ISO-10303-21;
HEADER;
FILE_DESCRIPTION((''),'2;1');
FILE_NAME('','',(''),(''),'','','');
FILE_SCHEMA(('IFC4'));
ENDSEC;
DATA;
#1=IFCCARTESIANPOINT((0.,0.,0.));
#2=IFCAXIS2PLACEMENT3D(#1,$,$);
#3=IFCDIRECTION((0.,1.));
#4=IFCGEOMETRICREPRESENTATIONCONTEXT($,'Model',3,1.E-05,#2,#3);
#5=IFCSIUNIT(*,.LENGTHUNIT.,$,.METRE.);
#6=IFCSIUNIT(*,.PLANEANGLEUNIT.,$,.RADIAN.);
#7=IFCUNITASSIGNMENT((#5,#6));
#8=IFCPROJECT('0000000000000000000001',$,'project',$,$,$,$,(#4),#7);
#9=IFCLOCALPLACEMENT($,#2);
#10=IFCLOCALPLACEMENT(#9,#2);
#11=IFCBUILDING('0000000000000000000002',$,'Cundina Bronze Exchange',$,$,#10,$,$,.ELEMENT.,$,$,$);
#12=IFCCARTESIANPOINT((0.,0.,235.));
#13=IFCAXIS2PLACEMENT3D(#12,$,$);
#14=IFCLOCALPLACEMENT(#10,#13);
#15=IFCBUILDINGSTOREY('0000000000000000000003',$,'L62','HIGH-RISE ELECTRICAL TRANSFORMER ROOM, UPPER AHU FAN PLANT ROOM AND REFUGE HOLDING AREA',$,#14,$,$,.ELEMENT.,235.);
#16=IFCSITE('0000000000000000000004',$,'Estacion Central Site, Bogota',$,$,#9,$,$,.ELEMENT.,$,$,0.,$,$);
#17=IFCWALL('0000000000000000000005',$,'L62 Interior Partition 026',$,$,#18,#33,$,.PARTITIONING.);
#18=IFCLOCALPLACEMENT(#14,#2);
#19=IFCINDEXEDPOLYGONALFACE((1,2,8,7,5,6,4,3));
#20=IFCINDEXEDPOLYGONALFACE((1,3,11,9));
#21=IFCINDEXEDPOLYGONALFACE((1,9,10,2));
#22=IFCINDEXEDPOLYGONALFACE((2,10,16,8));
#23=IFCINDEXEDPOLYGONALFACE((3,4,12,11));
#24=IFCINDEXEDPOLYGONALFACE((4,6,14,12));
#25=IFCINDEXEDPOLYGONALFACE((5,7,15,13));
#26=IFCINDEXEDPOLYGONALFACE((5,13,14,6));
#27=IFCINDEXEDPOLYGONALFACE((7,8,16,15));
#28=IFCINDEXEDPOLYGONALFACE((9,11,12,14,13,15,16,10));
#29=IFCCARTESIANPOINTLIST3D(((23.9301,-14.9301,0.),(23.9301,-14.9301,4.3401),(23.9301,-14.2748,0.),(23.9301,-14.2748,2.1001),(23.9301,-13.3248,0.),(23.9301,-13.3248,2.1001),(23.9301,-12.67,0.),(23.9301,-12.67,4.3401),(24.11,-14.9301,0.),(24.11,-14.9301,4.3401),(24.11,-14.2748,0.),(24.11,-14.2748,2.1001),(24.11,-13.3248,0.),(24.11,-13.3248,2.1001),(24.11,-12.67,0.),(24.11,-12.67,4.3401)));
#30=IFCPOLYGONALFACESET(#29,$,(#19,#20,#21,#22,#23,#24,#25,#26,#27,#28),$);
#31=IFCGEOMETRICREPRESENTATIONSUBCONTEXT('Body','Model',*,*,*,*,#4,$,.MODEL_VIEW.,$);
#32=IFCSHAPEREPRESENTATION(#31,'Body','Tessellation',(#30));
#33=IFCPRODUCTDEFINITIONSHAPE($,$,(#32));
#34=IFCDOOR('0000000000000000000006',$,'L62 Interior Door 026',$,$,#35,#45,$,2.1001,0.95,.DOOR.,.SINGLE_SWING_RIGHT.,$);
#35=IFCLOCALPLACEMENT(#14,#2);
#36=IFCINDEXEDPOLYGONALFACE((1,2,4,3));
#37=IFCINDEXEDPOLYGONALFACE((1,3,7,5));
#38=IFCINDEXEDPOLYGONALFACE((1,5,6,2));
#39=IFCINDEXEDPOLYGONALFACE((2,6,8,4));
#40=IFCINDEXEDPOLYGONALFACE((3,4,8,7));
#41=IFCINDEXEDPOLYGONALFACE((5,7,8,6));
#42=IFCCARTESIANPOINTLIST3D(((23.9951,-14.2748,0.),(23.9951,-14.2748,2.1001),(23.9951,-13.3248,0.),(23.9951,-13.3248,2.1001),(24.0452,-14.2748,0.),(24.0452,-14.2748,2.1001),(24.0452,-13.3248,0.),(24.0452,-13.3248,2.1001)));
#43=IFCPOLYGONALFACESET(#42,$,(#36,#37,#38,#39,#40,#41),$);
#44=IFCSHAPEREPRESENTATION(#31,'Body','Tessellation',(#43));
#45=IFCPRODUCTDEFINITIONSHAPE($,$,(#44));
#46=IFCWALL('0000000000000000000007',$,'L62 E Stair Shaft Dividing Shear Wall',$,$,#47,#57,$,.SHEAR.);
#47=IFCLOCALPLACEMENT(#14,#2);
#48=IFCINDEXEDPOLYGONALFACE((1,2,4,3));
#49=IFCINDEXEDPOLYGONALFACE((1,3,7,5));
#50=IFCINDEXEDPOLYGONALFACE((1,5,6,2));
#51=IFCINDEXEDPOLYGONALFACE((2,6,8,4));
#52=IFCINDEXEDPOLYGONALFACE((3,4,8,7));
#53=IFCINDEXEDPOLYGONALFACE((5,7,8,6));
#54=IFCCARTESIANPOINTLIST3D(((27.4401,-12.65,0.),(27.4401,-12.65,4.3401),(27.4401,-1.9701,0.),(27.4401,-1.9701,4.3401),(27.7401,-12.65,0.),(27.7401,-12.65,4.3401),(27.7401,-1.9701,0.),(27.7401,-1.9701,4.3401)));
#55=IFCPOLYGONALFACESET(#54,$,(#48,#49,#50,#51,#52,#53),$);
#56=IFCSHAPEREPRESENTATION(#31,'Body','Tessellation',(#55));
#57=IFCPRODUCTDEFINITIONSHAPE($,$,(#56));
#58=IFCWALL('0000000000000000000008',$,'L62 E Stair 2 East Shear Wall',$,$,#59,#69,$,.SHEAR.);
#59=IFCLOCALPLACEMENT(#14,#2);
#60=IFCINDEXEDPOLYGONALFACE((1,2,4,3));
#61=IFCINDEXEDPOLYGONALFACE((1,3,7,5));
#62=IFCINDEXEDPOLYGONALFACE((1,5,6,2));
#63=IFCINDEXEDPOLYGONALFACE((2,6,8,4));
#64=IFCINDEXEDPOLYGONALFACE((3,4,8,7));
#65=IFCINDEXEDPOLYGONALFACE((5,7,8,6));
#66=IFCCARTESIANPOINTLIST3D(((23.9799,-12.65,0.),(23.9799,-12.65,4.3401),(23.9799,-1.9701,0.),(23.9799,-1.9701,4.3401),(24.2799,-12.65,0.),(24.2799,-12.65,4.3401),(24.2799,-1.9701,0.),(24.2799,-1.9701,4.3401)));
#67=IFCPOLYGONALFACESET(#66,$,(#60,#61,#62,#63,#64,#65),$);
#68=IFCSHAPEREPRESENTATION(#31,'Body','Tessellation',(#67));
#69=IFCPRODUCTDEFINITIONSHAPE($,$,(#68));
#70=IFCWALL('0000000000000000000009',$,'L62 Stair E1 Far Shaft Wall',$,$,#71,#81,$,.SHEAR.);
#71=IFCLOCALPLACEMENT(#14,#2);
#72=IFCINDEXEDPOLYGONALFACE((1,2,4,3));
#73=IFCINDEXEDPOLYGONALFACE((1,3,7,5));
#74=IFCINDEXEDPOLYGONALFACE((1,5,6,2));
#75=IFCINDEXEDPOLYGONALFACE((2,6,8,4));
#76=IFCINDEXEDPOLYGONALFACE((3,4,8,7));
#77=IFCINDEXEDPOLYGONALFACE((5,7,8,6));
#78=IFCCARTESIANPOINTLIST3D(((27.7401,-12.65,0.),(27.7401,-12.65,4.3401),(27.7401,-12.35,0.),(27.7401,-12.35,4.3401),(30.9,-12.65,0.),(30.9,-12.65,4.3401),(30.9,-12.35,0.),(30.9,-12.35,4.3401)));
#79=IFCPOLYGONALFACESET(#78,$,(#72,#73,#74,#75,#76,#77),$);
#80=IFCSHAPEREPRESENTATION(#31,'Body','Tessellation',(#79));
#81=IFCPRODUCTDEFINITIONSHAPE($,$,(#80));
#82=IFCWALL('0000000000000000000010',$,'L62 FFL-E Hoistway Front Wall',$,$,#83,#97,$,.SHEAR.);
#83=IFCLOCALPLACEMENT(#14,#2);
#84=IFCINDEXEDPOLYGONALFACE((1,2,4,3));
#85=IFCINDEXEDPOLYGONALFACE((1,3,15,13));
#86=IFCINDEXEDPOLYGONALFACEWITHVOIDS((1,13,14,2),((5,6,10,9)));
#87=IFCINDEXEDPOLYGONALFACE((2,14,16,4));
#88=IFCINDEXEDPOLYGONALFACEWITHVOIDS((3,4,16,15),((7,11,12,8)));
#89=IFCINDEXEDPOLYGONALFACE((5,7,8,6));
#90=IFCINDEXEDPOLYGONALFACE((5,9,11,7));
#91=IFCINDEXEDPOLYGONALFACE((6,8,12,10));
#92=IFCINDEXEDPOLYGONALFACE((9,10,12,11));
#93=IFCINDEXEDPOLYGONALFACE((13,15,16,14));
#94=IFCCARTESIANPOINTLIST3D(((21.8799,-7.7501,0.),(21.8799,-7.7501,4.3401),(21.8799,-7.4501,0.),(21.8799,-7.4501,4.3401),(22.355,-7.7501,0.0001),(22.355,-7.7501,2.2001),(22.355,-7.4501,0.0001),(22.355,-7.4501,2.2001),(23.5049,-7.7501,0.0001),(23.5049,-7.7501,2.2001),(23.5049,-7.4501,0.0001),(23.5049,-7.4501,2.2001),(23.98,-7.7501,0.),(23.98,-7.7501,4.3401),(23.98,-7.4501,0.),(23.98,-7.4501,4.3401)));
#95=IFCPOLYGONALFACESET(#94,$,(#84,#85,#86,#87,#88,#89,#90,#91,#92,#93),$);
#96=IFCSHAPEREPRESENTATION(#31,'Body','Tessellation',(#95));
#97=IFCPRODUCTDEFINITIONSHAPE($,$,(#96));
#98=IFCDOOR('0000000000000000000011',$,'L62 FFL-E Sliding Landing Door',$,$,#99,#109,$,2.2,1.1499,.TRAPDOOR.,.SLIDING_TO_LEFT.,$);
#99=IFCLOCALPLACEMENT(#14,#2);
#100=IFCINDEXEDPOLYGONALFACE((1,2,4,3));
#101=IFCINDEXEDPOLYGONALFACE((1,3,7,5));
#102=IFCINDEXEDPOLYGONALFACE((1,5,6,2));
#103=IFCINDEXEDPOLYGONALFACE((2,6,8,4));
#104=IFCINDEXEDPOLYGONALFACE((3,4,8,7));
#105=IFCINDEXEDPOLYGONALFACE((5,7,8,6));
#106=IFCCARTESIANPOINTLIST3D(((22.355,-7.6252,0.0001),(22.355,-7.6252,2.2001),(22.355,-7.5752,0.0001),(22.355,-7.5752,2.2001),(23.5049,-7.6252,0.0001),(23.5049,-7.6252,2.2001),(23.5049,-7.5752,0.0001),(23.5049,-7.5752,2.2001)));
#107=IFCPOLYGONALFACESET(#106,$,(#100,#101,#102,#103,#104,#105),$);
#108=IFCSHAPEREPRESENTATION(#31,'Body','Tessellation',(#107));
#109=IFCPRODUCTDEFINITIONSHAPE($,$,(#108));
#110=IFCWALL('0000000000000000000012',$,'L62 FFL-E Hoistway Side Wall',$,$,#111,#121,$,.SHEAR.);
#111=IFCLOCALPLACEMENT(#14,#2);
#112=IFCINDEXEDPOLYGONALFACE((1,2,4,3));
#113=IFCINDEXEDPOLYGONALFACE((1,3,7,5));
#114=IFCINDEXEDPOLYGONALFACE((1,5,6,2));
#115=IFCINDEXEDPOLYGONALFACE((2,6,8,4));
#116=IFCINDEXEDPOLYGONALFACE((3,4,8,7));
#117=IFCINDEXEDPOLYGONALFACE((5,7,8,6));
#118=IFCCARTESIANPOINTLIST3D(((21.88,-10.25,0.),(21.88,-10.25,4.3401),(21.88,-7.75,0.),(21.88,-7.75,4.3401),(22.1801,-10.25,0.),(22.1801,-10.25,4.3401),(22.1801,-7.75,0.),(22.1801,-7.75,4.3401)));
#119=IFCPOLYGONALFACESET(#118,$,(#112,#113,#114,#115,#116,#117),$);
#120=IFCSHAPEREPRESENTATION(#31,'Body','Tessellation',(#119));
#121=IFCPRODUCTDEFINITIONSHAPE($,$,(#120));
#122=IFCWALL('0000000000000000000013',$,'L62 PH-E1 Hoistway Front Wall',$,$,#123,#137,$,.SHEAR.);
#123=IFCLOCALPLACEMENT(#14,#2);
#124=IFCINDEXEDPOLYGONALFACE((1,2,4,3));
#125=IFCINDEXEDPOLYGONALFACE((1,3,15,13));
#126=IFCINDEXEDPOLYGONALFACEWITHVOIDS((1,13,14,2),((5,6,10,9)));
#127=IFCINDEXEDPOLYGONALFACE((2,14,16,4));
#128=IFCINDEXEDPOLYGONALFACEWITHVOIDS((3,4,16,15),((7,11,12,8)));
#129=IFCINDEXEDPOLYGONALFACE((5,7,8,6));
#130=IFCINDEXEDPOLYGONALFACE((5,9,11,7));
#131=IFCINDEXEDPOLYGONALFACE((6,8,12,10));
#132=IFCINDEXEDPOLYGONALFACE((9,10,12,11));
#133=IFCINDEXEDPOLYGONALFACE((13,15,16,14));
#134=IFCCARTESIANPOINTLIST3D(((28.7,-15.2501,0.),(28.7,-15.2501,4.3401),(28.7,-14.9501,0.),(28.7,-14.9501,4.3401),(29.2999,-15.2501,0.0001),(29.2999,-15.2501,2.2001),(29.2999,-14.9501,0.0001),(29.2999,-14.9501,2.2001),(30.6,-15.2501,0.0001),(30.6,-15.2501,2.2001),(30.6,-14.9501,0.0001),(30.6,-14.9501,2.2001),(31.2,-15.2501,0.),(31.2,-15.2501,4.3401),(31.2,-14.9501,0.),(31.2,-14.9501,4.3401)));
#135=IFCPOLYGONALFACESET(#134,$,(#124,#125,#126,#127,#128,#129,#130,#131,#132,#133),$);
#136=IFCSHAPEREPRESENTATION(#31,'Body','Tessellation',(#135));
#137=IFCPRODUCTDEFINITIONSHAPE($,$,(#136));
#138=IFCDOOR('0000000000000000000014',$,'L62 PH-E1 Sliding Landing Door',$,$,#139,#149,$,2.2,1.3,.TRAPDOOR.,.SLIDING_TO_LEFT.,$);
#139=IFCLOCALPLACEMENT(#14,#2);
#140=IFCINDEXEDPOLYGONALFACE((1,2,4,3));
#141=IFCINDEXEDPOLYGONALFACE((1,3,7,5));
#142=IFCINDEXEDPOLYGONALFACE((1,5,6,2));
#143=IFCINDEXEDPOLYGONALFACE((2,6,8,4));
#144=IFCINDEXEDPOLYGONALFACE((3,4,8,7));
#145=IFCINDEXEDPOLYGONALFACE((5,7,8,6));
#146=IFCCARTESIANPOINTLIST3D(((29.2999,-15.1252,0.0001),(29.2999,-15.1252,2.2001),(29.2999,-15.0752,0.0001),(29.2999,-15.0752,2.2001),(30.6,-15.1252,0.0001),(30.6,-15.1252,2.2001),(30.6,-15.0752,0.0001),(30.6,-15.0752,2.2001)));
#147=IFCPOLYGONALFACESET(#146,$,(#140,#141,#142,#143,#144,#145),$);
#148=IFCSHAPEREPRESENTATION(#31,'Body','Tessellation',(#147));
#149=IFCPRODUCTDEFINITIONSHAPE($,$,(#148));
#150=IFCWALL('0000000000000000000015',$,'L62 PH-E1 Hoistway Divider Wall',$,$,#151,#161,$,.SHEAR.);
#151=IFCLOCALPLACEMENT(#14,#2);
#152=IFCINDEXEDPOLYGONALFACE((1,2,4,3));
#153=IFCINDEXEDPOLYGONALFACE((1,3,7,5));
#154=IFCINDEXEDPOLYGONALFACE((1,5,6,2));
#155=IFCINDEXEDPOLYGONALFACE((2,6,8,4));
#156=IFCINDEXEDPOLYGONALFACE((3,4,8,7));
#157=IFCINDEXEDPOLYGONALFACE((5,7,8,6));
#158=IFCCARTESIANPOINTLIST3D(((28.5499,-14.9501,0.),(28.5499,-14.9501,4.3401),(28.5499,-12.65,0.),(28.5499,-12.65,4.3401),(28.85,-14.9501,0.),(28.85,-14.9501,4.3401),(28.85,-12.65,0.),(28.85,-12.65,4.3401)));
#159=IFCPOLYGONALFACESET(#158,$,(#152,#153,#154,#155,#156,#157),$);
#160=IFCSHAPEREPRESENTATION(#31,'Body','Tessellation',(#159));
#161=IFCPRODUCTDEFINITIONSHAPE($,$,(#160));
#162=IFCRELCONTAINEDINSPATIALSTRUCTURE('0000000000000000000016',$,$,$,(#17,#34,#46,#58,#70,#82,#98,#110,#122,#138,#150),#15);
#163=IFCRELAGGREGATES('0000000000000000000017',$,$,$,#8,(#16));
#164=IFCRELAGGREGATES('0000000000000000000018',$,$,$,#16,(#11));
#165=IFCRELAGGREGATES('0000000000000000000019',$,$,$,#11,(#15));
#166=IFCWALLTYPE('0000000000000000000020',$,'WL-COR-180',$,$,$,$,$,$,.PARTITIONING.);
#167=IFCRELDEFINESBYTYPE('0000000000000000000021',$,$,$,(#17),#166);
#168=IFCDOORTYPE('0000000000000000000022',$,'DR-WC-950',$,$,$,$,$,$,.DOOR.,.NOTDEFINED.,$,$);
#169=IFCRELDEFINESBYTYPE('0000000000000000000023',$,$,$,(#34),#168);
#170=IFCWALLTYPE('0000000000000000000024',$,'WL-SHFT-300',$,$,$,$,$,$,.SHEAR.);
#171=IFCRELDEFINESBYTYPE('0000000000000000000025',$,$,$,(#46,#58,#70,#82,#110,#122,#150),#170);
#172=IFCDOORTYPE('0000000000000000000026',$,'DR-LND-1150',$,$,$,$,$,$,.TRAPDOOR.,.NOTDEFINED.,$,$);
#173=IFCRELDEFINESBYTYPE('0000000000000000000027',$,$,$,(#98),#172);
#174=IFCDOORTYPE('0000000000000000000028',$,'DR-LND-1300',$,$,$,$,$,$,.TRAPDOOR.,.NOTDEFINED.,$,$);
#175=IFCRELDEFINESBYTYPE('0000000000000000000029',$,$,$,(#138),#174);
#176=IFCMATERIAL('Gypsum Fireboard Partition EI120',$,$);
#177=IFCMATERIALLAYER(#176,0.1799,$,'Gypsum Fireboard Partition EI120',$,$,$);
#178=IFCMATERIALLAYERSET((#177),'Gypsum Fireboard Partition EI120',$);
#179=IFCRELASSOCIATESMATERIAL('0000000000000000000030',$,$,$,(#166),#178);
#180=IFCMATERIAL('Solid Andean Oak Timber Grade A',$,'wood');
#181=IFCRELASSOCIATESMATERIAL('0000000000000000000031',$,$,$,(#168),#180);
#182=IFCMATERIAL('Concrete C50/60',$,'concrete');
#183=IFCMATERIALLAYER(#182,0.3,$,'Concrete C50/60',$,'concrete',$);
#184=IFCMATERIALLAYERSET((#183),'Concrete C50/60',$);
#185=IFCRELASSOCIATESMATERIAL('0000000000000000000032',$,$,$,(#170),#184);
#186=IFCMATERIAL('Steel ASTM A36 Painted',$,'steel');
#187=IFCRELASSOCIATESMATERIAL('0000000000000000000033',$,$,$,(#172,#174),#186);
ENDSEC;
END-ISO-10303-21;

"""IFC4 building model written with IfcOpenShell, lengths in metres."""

from ifc_helpers import new_model, si_unit, direction, frame, frame_2d, origin, place, context, subcontext, project, spatial, rectangle, extrude, material, layer, layer_set, type_object, element, fill, save


model = new_model("IFC4")

# Units and contexts
model_context = context("Model", 3, precision=1e-05, world=origin(), true_north=direction((0.0, 1.0)))
body_context = subcontext(model_context, "Body", "Model", "MODEL_VIEW")
ifc_project = project(units=[si_unit("LENGTHUNIT", "METRE"), si_unit("PLANEANGLEUNIT", "RADIAN")], contexts=[model_context])

# Site, building, storey
site_placement = place(None, origin())
site = spatial("IfcSite", under=ifc_project, at=site_placement, Name="Estacion Central Site, Bogota", CompositionType="ELEMENT", RefElevation=0.0)
building_placement = place(site_placement, origin())
building = spatial("IfcBuilding", under=site, at=building_placement, Name="Cundina Bronze Exchange", CompositionType="ELEMENT")
storey_placement = place(building_placement, frame((0.0, 0.0, 235.0)))
storey = spatial("IfcBuildingStorey", under=building, at=storey_placement, Name="L62", Description="HIGH-RISE ELECTRICAL TRANSFORMER ROOM, UPPER AHU FAN PLANT ROOM AND REFUGE HOLDING AREA", CompositionType="ELEMENT", Elevation=235.0)

# Shared definitions
ifc_material_1 = material(Name="Concrete C50/60", Category="concrete")

# Wall, opening, door
ifc_material_2 = material(Name="Gypsum Fireboard Partition EI120")
ifc_layer_1 = layer(ifc_material_2, 0.1799, Name="Gypsum Fireboard Partition EI120")
ifc_layer_set_1 = layer_set([ifc_layer_1], Name="Gypsum Fireboard Partition EI120")
wall_type_1 = type_object("IfcWallType", Name="WL-COR-180", PredefinedType="PARTITIONING", material=ifc_layer_set_1)
wall_1_placement = place(storey_placement, frame((24.02, -14.9299, 0.0), z_axis=(0.0, 0.0, 1.0), x_axis=(0.0, 1.0, 0.0)))
wall_1 = element("IfcWall", 1, at=wall_1_placement, inside=storey, type_object=wall_type_1, Name="L62 Interior Partition 026", PredefinedType="PARTITIONING", context=body_context, shape_type="SweptSolid", body=[
    extrude(rectangle(XDim=2.26, YDim=0.1799, at=frame_2d((1.1299, 0.0))), origin(), (0.0, 0.0, 1.0), 4.3401),
])
opening_1_placement = place(wall_1_placement, frame((0.655, 0.0, 0.0)))
opening_1 = element("IfcOpeningElement", 2, at=opening_1_placement, cuts=wall_1, PredefinedType="OPENING", context=body_context, shape_type="SweptSolid", body=[
    extrude(rectangle(XDim=0.95, YDim=2.1001, at=frame_2d((0.4751, 1.05))), frame((0.0, 0.0999, 0.0), z_axis=(0.0, -1.0, 0.0), x_axis=(1.0, 0.0, 0.0)), (0.0, 0.0, 1.0), 0.2),
])
ifc_material_3 = material(Name="Solid Andean Oak Timber Grade A", Category="wood")
door_type_1 = type_object("IfcDoorType", Name="DR-WC-950", OperationType="NOTDEFINED", PredefinedType="DOOR", material=ifc_material_3)
door_1_placement = place(opening_1_placement, origin())
door_1 = element("IfcDoor", 3, at=door_1_placement, inside=storey, type_object=door_type_1, Name="L62 Interior Door 026", OperationType="SINGLE_SWING_RIGHT", OverallHeight=2.1001, OverallWidth=0.95, PredefinedType="DOOR", context=body_context, shape_type="SweptSolid", body=[
    extrude(rectangle(XDim=0.95, YDim=2.1001, at=frame_2d((0.4751, 1.05))), frame((0.0, 0.0249, 0.0), z_axis=(0.0, -1.0, 0.0), x_axis=(1.0, 0.0, 0.0)), (0.0, 0.0, 1.0), 0.05),
])
fill(opening_1, door_1)

# Walls
ifc_layer_2 = layer(ifc_material_1, 0.3, Name="Concrete C50/60", Category="concrete")
ifc_layer_set_2 = layer_set([ifc_layer_2], Name="Concrete C50/60")
wall_type_2 = type_object("IfcWallType", Name="WL-SHFT-300", PredefinedType="SHEAR", material=ifc_layer_set_2)
for number, where, z_axis, x_axis, name in (
    (4, (27.5901, -12.6499, 0.0), (0.0, 0.0, 1.0), (0.0, 1.0, 0.0), "L62 E Stair Shaft Dividing Shear Wall"),
    (5, (24.1299, -12.6499, 0.0), (0.0, 0.0, 1.0), (0.0, 1.0, 0.0), "L62 E Stair 2 East Shear Wall"),
):
    element("IfcWall", number, at=place(storey_placement, frame(where, z_axis=z_axis, x_axis=x_axis)), inside=storey, type_object=wall_type_2, Name=name, PredefinedType="SHEAR", context=body_context, shape_type="SweptSolid", body=[
        extrude(rectangle(XDim=10.6799, YDim=0.3, at=frame_2d((5.3398, 0.0))), origin(), (0.0, 0.0, 1.0), 4.3401),
    ])
wall_2_placement = place(storey_placement, frame((27.74, -12.5, 0.0), z_axis=(0.0, 0.0, 1.0), x_axis=(1.0, 0.0, 0.0)))
element("IfcWall", 6, at=wall_2_placement, inside=storey, type_object=wall_type_2, Name="L62 Stair E1 Far Shaft Wall", PredefinedType="SHEAR", context=body_context, shape_type="SweptSolid", body=[
    extrude(rectangle(XDim=3.1599, YDim=0.3, at=frame_2d((1.5801, 0.0))), origin(), (0.0, 0.0, 1.0), 4.3401),
])

# Wall, opening, door
ifc_material_4 = material(Name="Steel ASTM A36 Painted", Category="steel")
wall_3_placement = place(storey_placement, frame((21.8799, -7.6001, 0.0), z_axis=(0.0, 0.0, 1.0), x_axis=(1.0, 0.0, 0.0)))
wall_3 = element("IfcWall", 7, at=wall_3_placement, inside=storey, type_object=wall_type_2, Name="L62 FFL-E Hoistway Front Wall", PredefinedType="SHEAR", context=body_context, shape_type="SweptSolid", body=[
    extrude(rectangle(XDim=2.1001, YDim=0.3, at=frame_2d((1.05, 0.0))), origin(), (0.0, 0.0, 1.0), 4.3401),
])
opening_2_placement = place(wall_3_placement, frame((0.4751, 0.0, 0.0)))
opening_2 = element("IfcOpeningElement", 8, at=opening_2_placement, cuts=wall_3, PredefinedType="OPENING", context=body_context, shape_type="SweptSolid", body=[
    extrude(rectangle(XDim=1.1499, YDim=2.2, at=frame_2d((0.575, 1.1001))), frame((0.0, 0.1599, 0.0), z_axis=(0.0, -1.0, 0.0), x_axis=(1.0, 0.0, 0.0)), (0.0, 0.0, 1.0), 0.3201),
])
door_type_2 = type_object("IfcDoorType", Name="DR-LND-1150", OperationType="NOTDEFINED", PredefinedType="TRAPDOOR", material=ifc_material_4)
door_2_placement = place(opening_2_placement, origin())
door_2 = element("IfcDoor", 9, at=door_2_placement, inside=storey, type_object=door_type_2, Name="L62 FFL-E Sliding Landing Door", OperationType="SLIDING_TO_LEFT", OverallHeight=2.2, OverallWidth=1.1499, PredefinedType="TRAPDOOR", context=body_context, shape_type="SweptSolid", body=[
    extrude(rectangle(XDim=1.1499, YDim=2.2, at=frame_2d((0.575, 1.1001))), frame((0.0, 0.0249, 0.0), z_axis=(0.0, -1.0, 0.0), x_axis=(1.0, 0.0, 0.0)), (0.0, 0.0, 1.0), 0.05),
])
fill(opening_2, door_2)

# Wall
wall_4_placement = place(storey_placement, frame((22.03, -10.25, 0.0), z_axis=(0.0, 0.0, 1.0), x_axis=(0.0, 1.0, 0.0)))
element("IfcWall", 10, at=wall_4_placement, inside=storey, type_object=wall_type_2, Name="L62 FFL-E Hoistway Side Wall", PredefinedType="SHEAR", context=body_context, shape_type="SweptSolid", body=[
    extrude(rectangle(XDim=2.5, YDim=0.3, at=frame_2d((1.25, 0.0))), origin(), (0.0, 0.0, 1.0), 4.3401),
])

# Wall, opening, door
wall_5_placement = place(storey_placement, frame((28.7, -15.1001, 0.0), z_axis=(0.0, 0.0, 1.0), x_axis=(1.0, 0.0, 0.0)))
wall_5 = element("IfcWall", 11, at=wall_5_placement, inside=storey, type_object=wall_type_2, Name="L62 PH-E1 Hoistway Front Wall", PredefinedType="SHEAR", context=body_context, shape_type="SweptSolid", body=[
    extrude(rectangle(XDim=2.5, YDim=0.3, at=frame_2d((1.25, 0.0))), origin(), (0.0, 0.0, 1.0), 4.3401),
])
opening_3_placement = place(wall_5_placement, frame((0.6001, 0.0, 0.0)))
opening_3 = element("IfcOpeningElement", 12, at=opening_3_placement, cuts=wall_5, PredefinedType="OPENING", context=body_context, shape_type="SweptSolid", body=[
    extrude(rectangle(XDim=1.3, YDim=2.2, at=frame_2d((0.6499, 1.1001))), frame((0.0, 0.1599, 0.0), z_axis=(0.0, -1.0, 0.0), x_axis=(1.0, 0.0, 0.0)), (0.0, 0.0, 1.0), 0.3201),
])
door_type_3 = type_object("IfcDoorType", Name="DR-LND-1300", OperationType="NOTDEFINED", PredefinedType="TRAPDOOR", material=ifc_material_4)
door_3_placement = place(opening_3_placement, origin())
door_3 = element("IfcDoor", 13, at=door_3_placement, inside=storey, type_object=door_type_3, Name="L62 PH-E1 Sliding Landing Door", OperationType="SLIDING_TO_LEFT", OverallHeight=2.2, OverallWidth=1.3, PredefinedType="TRAPDOOR", context=body_context, shape_type="SweptSolid", body=[
    extrude(rectangle(XDim=1.3, YDim=2.2, at=frame_2d((0.6499, 1.1001))), frame((0.0, 0.0249, 0.0), z_axis=(0.0, -1.0, 0.0), x_axis=(1.0, 0.0, 0.0)), (0.0, 0.0, 1.0), 0.05),
])
fill(opening_3, door_3)

# Wall
wall_6_placement = place(storey_placement, frame((28.7, -14.95, 0.0), z_axis=(0.0, 0.0, 1.0), x_axis=(0.0, 1.0, 0.0)))
element("IfcWall", 14, at=wall_6_placement, inside=storey, type_object=wall_type_2, Name="L62 PH-E1 Hoistway Divider Wall", PredefinedType="SHEAR", context=body_context, shape_type="SweptSolid", body=[
    extrude(rectangle(XDim=2.3, YDim=0.3, at=frame_2d((1.1499, 0.0))), origin(), (0.0, 0.0, 1.0), 4.3401),
])

save(model, "model.ifc")
